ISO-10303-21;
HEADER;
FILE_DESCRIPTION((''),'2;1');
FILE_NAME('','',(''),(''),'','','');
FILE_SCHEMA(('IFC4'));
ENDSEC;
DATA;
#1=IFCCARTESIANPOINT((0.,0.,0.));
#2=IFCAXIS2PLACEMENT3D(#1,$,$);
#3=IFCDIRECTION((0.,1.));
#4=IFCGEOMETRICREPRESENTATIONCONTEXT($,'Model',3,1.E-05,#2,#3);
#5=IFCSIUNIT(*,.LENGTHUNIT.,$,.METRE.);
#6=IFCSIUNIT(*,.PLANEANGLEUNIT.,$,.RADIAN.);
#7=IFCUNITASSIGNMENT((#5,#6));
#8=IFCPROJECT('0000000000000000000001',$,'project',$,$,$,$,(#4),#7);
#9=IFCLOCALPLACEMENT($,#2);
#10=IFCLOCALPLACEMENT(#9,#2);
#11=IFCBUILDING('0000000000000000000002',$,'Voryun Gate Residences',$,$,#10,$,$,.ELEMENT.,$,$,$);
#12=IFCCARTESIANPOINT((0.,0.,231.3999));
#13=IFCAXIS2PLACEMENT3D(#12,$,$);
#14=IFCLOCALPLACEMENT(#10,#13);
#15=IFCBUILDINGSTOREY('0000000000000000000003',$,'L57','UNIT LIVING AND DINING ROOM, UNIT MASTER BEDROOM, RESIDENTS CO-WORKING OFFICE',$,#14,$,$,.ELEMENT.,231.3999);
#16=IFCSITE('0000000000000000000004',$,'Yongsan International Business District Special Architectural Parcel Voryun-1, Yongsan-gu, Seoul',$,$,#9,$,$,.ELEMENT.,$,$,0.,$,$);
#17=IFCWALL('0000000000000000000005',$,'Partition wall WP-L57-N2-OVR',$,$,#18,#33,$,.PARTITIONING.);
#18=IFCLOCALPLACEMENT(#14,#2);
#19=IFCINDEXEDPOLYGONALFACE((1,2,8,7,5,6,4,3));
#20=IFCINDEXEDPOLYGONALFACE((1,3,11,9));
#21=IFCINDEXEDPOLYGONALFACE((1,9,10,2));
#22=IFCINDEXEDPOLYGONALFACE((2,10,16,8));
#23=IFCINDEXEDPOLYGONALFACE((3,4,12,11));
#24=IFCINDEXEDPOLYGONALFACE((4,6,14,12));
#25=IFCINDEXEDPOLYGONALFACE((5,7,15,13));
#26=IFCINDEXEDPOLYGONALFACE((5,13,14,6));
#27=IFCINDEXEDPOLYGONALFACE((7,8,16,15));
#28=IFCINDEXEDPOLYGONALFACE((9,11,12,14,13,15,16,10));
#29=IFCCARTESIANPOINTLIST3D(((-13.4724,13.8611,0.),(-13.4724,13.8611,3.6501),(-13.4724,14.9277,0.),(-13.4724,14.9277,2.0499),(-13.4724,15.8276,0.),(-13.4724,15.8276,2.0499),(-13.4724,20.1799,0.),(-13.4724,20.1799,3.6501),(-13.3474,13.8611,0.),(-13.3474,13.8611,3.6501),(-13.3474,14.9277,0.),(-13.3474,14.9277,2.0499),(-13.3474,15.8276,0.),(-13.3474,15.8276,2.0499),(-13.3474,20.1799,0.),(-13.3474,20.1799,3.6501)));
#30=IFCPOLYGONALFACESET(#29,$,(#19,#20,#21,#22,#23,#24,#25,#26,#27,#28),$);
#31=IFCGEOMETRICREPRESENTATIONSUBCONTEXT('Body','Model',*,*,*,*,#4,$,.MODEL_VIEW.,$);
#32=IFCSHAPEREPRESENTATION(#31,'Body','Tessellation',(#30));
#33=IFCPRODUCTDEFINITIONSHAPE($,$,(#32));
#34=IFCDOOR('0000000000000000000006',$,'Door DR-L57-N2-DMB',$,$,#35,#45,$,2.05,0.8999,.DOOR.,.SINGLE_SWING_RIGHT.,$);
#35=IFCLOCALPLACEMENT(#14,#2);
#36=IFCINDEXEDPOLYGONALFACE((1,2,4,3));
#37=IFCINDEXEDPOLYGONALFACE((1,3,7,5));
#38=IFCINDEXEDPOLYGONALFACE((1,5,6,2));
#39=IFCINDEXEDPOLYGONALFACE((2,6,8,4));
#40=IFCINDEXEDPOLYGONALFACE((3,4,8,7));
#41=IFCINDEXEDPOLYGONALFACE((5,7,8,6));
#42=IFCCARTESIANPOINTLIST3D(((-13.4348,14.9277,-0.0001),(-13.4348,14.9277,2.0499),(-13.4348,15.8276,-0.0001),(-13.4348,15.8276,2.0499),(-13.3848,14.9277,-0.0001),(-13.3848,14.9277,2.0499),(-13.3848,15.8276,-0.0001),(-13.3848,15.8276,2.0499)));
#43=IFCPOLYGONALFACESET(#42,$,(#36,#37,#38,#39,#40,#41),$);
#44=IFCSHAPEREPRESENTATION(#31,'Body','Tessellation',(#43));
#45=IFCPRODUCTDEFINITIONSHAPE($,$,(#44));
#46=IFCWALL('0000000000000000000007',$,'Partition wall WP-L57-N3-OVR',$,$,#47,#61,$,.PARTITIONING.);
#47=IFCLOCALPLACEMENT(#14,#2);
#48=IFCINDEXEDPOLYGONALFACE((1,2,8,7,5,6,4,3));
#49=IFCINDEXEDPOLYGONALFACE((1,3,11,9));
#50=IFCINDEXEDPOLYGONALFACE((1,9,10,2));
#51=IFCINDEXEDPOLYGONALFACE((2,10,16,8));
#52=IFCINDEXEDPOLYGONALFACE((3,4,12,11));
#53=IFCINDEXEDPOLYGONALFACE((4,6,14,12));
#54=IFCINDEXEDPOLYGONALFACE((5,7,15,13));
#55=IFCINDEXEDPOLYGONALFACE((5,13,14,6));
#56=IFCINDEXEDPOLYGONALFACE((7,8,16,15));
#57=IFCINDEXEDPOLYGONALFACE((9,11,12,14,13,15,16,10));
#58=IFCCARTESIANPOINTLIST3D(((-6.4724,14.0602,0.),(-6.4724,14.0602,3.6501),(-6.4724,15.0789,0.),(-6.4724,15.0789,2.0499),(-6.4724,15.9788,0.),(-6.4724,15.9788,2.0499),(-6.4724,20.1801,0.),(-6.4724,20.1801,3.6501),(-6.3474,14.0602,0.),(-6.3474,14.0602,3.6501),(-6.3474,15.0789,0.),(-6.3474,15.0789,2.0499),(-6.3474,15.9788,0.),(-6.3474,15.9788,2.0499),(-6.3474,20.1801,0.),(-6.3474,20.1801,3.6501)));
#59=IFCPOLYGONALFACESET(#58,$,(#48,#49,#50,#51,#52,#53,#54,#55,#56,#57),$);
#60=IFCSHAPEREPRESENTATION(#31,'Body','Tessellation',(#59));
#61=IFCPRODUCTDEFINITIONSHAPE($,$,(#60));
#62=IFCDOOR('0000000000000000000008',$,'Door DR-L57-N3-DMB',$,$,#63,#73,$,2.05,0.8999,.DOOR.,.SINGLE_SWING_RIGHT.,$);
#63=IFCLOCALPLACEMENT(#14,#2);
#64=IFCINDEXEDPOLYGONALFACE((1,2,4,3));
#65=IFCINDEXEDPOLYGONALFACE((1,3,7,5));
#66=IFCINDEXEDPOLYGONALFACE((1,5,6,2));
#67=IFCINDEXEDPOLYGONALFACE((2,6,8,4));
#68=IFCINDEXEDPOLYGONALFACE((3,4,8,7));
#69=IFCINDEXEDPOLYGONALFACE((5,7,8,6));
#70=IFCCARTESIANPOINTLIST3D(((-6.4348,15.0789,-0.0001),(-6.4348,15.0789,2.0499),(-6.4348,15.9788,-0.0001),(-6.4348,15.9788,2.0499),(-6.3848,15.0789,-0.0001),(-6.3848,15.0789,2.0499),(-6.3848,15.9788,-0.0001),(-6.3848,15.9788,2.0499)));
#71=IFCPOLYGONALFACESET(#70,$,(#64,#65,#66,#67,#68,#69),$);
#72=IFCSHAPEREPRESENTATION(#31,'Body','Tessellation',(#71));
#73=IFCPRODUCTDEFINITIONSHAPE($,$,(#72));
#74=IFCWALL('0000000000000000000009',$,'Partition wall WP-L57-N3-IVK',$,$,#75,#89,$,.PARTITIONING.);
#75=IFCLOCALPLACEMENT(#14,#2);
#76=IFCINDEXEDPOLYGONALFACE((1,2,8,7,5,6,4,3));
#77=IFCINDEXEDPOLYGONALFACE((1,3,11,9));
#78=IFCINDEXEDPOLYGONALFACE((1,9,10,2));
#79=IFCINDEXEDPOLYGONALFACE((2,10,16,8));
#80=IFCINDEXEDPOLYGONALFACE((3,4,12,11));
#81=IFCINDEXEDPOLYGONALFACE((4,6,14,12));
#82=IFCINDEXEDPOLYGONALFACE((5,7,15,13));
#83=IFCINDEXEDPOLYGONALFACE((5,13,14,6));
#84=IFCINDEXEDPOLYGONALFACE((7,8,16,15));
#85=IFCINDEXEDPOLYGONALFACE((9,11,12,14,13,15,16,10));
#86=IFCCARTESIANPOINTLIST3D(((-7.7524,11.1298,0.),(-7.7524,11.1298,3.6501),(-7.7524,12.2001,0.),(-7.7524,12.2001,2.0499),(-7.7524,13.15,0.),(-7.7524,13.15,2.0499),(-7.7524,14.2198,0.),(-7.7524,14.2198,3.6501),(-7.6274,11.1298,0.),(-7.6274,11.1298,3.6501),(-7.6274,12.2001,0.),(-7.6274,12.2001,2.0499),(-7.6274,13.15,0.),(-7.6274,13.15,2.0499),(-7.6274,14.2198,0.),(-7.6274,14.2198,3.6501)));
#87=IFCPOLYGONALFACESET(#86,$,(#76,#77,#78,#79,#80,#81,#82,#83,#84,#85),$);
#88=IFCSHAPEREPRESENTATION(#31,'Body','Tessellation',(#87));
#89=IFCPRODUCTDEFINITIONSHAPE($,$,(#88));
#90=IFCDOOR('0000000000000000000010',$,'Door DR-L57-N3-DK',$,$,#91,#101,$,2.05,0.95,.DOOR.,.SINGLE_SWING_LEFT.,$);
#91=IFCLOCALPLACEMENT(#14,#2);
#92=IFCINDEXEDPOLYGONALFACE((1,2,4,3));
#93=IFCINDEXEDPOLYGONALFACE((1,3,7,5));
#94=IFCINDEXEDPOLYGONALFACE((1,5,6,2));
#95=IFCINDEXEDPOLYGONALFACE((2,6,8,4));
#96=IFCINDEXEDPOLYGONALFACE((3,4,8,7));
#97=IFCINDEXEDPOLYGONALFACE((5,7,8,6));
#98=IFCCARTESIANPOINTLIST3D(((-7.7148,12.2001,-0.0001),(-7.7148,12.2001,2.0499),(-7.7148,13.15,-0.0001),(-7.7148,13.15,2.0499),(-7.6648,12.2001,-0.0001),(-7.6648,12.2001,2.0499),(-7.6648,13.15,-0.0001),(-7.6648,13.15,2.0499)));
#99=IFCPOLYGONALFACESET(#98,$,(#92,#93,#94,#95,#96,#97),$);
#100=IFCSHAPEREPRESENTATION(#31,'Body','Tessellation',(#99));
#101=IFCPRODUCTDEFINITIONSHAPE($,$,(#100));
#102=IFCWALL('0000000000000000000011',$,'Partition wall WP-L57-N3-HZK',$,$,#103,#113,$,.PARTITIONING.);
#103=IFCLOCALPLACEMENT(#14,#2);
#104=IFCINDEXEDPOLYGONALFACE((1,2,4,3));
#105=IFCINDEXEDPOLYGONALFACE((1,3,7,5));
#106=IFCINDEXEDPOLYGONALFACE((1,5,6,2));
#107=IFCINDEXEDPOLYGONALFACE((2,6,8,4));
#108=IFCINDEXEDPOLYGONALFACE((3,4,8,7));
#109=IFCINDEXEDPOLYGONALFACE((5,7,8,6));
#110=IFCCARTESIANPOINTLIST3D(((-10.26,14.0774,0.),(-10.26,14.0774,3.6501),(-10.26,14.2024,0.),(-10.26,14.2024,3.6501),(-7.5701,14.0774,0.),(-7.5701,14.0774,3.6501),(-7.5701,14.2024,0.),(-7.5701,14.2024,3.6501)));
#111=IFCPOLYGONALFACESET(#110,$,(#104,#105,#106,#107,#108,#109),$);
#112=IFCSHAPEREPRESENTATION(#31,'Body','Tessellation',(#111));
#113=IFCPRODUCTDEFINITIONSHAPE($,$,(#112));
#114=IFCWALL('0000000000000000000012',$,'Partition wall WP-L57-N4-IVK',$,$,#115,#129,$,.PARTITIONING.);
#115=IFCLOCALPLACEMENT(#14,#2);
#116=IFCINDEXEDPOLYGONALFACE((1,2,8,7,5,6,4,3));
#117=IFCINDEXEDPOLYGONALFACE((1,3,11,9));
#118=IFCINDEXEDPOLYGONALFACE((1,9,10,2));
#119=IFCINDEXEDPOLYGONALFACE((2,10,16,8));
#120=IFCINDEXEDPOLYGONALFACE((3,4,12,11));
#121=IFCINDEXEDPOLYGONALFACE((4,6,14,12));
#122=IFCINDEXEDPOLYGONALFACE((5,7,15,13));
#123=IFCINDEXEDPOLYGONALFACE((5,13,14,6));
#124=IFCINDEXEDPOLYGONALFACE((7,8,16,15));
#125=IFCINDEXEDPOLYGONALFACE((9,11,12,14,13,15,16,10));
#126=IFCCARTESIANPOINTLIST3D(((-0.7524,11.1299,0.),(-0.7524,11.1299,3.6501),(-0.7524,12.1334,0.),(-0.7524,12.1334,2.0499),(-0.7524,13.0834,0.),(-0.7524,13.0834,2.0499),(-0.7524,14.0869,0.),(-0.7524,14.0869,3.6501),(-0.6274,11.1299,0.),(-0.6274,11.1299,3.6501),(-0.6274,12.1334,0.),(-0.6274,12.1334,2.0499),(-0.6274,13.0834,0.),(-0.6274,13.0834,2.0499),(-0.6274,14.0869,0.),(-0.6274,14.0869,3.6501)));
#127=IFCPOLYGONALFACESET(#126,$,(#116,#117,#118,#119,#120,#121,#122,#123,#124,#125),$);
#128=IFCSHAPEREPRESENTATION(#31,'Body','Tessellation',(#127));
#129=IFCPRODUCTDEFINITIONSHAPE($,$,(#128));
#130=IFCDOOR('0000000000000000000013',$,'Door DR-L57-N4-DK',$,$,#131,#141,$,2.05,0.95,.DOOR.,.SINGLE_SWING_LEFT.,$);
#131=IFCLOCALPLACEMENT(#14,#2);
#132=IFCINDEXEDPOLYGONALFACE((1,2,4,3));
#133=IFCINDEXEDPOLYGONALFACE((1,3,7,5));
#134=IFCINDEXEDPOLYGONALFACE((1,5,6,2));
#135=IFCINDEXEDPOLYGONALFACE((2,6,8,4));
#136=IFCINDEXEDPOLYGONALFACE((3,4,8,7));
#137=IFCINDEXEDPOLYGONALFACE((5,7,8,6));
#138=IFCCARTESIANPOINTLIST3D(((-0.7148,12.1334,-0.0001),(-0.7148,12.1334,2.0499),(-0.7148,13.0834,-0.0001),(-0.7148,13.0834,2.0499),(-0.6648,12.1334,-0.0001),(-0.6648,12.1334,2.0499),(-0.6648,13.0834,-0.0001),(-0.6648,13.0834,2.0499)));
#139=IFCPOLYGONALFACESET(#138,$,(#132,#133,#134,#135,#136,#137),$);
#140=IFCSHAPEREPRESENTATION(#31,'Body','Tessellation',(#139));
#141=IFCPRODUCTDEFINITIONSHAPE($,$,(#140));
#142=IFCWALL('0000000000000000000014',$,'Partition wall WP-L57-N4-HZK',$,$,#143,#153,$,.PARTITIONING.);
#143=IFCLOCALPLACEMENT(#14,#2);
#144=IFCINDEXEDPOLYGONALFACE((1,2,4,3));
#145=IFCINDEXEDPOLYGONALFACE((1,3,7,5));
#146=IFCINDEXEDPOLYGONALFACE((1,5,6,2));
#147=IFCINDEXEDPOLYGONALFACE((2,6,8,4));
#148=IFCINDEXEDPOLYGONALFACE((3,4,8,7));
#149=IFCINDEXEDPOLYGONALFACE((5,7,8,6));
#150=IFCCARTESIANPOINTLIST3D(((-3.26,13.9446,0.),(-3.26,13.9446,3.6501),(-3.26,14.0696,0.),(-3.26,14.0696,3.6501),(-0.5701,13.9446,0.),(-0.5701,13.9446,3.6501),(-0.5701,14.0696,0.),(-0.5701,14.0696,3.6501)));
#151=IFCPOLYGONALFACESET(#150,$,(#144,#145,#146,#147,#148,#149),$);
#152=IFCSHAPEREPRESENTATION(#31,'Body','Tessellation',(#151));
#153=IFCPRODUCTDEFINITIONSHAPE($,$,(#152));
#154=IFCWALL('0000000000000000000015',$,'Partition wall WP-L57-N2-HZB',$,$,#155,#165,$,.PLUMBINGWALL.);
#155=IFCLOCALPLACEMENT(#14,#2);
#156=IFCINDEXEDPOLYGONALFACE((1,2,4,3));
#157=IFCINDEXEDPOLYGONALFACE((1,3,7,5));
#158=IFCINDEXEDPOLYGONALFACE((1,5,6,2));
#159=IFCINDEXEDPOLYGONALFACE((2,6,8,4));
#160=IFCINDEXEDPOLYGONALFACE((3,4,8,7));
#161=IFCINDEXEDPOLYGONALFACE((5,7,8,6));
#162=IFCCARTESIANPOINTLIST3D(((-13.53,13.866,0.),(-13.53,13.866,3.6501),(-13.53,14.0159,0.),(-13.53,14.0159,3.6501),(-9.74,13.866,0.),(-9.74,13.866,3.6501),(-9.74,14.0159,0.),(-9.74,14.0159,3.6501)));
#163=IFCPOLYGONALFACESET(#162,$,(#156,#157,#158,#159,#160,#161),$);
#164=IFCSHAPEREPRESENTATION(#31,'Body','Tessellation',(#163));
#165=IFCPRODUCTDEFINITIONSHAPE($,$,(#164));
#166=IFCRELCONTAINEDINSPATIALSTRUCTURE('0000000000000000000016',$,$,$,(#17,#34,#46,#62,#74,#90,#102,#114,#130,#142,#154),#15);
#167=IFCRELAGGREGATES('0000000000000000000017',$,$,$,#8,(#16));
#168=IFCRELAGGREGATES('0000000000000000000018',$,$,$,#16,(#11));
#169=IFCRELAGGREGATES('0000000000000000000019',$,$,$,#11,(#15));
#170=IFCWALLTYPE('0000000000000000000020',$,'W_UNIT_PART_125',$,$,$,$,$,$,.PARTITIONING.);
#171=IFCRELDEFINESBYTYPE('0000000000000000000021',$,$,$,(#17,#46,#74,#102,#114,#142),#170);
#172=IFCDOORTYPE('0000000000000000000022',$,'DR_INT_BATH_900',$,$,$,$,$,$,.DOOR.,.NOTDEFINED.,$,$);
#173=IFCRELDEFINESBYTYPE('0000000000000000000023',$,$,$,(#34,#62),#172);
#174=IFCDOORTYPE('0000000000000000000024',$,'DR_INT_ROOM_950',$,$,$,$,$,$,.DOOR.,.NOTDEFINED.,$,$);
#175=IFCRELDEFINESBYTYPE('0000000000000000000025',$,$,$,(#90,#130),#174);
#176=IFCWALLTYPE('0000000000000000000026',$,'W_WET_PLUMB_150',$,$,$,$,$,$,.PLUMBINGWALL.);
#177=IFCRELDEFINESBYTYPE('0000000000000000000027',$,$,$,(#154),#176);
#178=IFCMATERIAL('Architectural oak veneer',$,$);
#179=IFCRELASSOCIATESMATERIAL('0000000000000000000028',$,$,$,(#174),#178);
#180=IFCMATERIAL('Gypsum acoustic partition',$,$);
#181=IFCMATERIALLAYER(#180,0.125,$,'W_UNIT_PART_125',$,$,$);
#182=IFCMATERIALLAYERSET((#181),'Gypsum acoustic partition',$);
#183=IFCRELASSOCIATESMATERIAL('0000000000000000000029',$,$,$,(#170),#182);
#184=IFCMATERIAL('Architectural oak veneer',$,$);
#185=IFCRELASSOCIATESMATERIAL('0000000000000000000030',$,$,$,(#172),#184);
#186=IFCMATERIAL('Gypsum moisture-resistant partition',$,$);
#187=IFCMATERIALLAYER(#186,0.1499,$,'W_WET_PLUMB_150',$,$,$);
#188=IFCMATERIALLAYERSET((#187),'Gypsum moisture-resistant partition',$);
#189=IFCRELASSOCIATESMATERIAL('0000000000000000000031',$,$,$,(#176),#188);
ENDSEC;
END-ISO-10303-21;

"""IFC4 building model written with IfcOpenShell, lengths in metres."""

from ifc_helpers import new_model, si_unit, direction, frame, frame_2d, origin, place, context, subcontext, project, spatial, rectangle, extrude, material, layer, layer_set, type_object, element, fill, save


model = new_model("IFC4")

# Units and contexts
model_context = context("Model", 3, precision=1e-05, world=origin(), true_north=direction((0.0, 1.0)))
body_context = subcontext(model_context, "Body", "Model", "MODEL_VIEW")
ifc_project = project(units=[si_unit("LENGTHUNIT", "METRE"), si_unit("PLANEANGLEUNIT", "RADIAN")], contexts=[model_context])

# Site, building, storey
site_placement = place(None, origin())
site = spatial("IfcSite", under=ifc_project, at=site_placement, Name="Yongsan International Business District Special Architectural Parcel Voryun-1, Yongsan-gu, Seoul", CompositionType="ELEMENT", RefElevation=0.0)
building_placement = place(site_placement, origin())
building = spatial("IfcBuilding", under=site, at=building_placement, Name="Voryun Gate Residences", CompositionType="ELEMENT")
storey_placement = place(building_placement, frame((0.0, 0.0, 231.3999)))
storey = spatial("IfcBuildingStorey", under=building, at=storey_placement, Name="L57", Description="UNIT LIVING AND DINING ROOM, UNIT MASTER BEDROOM, RESIDENTS CO-WORKING OFFICE", CompositionType="ELEMENT", Elevation=231.3999)

# Shared definitions
ifc_material_1 = material(Name="Architectural oak veneer")
door_type_1 = type_object("IfcDoorType", Name="DR_INT_ROOM_950", OperationType="NOTDEFINED", PredefinedType="DOOR", material=ifc_material_1)

# Walls, openings, doors
ifc_material_2 = material(Name="Gypsum acoustic partition")
ifc_layer_1 = layer(ifc_material_2, 0.125, Name="W_UNIT_PART_125")
ifc_layer_set_1 = layer_set([ifc_layer_1], Name="Gypsum acoustic partition")
wall_type_1 = type_object("IfcWallType", Name="W_UNIT_PART_125", PredefinedType="PARTITIONING", material=ifc_layer_set_1)
wall_1_placement = place(storey_placement, frame((-13.4099, 13.8611, 0.0), z_axis=(0.0, 0.0, 1.0), x_axis=(0.0, 1.0, 0.0)))
wall_1 = element("IfcWall", 1, at=wall_1_placement, inside=storey, type_object=wall_type_1, Name="Partition wall WP-L57-N2-OVR", PredefinedType="PARTITIONING", context=body_context, shape_type="SweptSolid", body=[
    extrude(rectangle(XDim=6.3188, YDim=0.125, at=frame_2d((3.1594, 0.0))), origin(), (0.0, 0.0, 1.0), 3.6501),
])
opening_1_placement = place(wall_1_placement, frame((1.0667, 0.0, 0.0)))
opening_1 = element("IfcOpeningElement", 2, at=opening_1_placement, cuts=wall_1, PredefinedType="OPENING", context=body_context, shape_type="SweptSolid", body=[
    extrude(rectangle(XDim=0.8999, YDim=2.05, at=frame_2d((0.45, 1.0249))), frame((0.0, 0.0725, 0.0), z_axis=(0.0, -1.0, 0.0), x_axis=(1.0, 0.0, 0.0)), (0.0, 0.0, 1.0), 0.145),
])
ifc_material_3 = material(Name="Architectural oak veneer")
door_type_2 = type_object("IfcDoorType", Name="DR_INT_BATH_900", OperationType="NOTDEFINED", PredefinedType="DOOR", material=ifc_material_3)
door_1_placement = place(opening_1_placement, origin())
door_1 = element("IfcDoor", 3, at=door_1_placement, inside=storey, type_object=door_type_2, Name="Door DR-L57-N2-DMB", OperationType="SINGLE_SWING_RIGHT", OverallHeight=2.05, OverallWidth=0.8999, PredefinedType="DOOR", context=body_context, shape_type="SweptSolid", body=[
    extrude(rectangle(XDim=0.8999, YDim=2.05, at=frame_2d((0.45, 1.0249))), frame((0.0, 0.0249, 0.0), z_axis=(0.0, -1.0, 0.0), x_axis=(1.0, 0.0, 0.0)), (0.0, 0.0, 1.0), 0.05),
])
fill(opening_1, door_1)
wall_2_placement = place(storey_placement, frame((-6.4099, 14.0601, 0.0), z_axis=(0.0, 0.0, 1.0), x_axis=(0.0, 1.0, 0.0)))
wall_2 = element("IfcWall", 4, at=wall_2_placement, inside=storey, type_object=wall_type_1, Name="Partition wall WP-L57-N3-OVR", PredefinedType="PARTITIONING", context=body_context, shape_type="SweptSolid", body=[
    extrude(rectangle(XDim=6.1199, YDim=0.125, at=frame_2d((3.0601, 0.0))), origin(), (0.0, 0.0, 1.0), 3.6501),
])
opening_2_placement = place(wall_2_placement, frame((1.0188, 0.0, 0.0)))
opening_2 = element("IfcOpeningElement", 5, at=opening_2_placement, cuts=wall_2, PredefinedType="OPENING", context=body_context, shape_type="SweptSolid", body=[
    extrude(rectangle(XDim=0.8999, YDim=2.05, at=frame_2d((0.45, 1.0249))), frame((0.0, 0.0725, 0.0), z_axis=(0.0, -1.0, 0.0), x_axis=(1.0, 0.0, 0.0)), (0.0, 0.0, 1.0), 0.145),
])
door_2_placement = place(opening_2_placement, origin())
door_2 = element("IfcDoor", 6, at=door_2_placement, inside=storey, type_object=door_type_2, Name="Door DR-L57-N3-DMB", OperationType="SINGLE_SWING_RIGHT", OverallHeight=2.05, OverallWidth=0.8999, PredefinedType="DOOR", context=body_context, shape_type="SweptSolid", body=[
    extrude(rectangle(XDim=0.8999, YDim=2.05, at=frame_2d((0.45, 1.0249))), frame((0.0, 0.0249, 0.0), z_axis=(0.0, -1.0, 0.0), x_axis=(1.0, 0.0, 0.0)), (0.0, 0.0, 1.0), 0.05),
])
fill(opening_2, door_2)
wall_3_placement = place(storey_placement, frame((-7.6899, 11.1299, 0.0), z_axis=(0.0, 0.0, 1.0), x_axis=(0.0, 1.0, 0.0)))
wall_3 = element("IfcWall", 7, at=wall_3_placement, inside=storey, type_object=wall_type_1, Name="Partition wall WP-L57-N3-IVK", PredefinedType="PARTITIONING", context=body_context, shape_type="SweptSolid", body=[
    extrude(rectangle(XDim=3.0901, YDim=0.125, at=frame_2d((1.5449, 0.0))), origin(), (0.0, 0.0, 1.0), 3.6501),
])
opening_3_placement = place(wall_3_placement, frame((1.0701, 0.0, 0.0)))
opening_3 = element("IfcOpeningElement", 8, at=opening_3_placement, cuts=wall_3, PredefinedType="OPENING", context=body_context, shape_type="SweptSolid", body=[
    extrude(rectangle(XDim=0.95, YDim=2.05, at=frame_2d((0.4751, 1.0249))), frame((0.0, 0.0725, 0.0), z_axis=(0.0, -1.0, 0.0), x_axis=(1.0, 0.0, 0.0)), (0.0, 0.0, 1.0), 0.145),
])
door_3_placement = place(opening_3_placement, origin())
door_3 = element("IfcDoor", 9, at=door_3_placement, inside=storey, type_object=door_type_1, Name="Door DR-L57-N3-DK", OperationType="SINGLE_SWING_LEFT", OverallHeight=2.05, OverallWidth=0.95, PredefinedType="DOOR", context=body_context, shape_type="SweptSolid", body=[
    extrude(rectangle(XDim=0.95, YDim=2.05, at=frame_2d((0.4751, 1.0249))), frame((0.0, 0.0249, 0.0), z_axis=(0.0, -1.0, 0.0), x_axis=(1.0, 0.0, 0.0)), (0.0, 0.0, 1.0), 0.05),
])
fill(opening_3, door_3)

# Wall
wall_4_placement = place(storey_placement, frame((-10.26, 14.1399, 0.0), z_axis=(0.0, 0.0, 1.0), x_axis=(1.0, 0.0, 0.0)))
element("IfcWall", 10, at=wall_4_placement, inside=storey, type_object=wall_type_1, Name="Partition wall WP-L57-N3-HZK", PredefinedType="PARTITIONING", context=body_context, shape_type="SweptSolid", body=[
    extrude(rectangle(XDim=2.6899, YDim=0.125, at=frame_2d((1.345, 0.0))), origin(), (0.0, 0.0, 1.0), 3.6501),
])

# Wall, opening, door
wall_5_placement = place(storey_placement, frame((-0.6899, 11.1299, 0.0), z_axis=(0.0, 0.0, 1.0), x_axis=(0.0, 1.0, 0.0)))
wall_5 = element("IfcWall", 11, at=wall_5_placement, inside=storey, type_object=wall_type_1, Name="Partition wall WP-L57-N4-IVK", PredefinedType="PARTITIONING", context=body_context, shape_type="SweptSolid", body=[
    extrude(rectangle(XDim=2.957, YDim=0.125, at=frame_2d((1.4785, 0.0))), origin(), (0.0, 0.0, 1.0), 3.6501),
])
opening_4_placement = place(wall_5_placement, frame((1.0034, 0.0, 0.0)))
opening_4 = element("IfcOpeningElement", 12, at=opening_4_placement, cuts=wall_5, PredefinedType="OPENING", context=body_context, shape_type="SweptSolid", body=[
    extrude(rectangle(XDim=0.95, YDim=2.05, at=frame_2d((0.4751, 1.0249))), frame((0.0, 0.0725, 0.0), z_axis=(0.0, -1.0, 0.0), x_axis=(1.0, 0.0, 0.0)), (0.0, 0.0, 1.0), 0.145),
])
door_4_placement = place(opening_4_placement, origin())
door_4 = element("IfcDoor", 13, at=door_4_placement, inside=storey, type_object=door_type_1, Name="Door DR-L57-N4-DK", OperationType="SINGLE_SWING_LEFT", OverallHeight=2.05, OverallWidth=0.95, PredefinedType="DOOR", context=body_context, shape_type="SweptSolid", body=[
    extrude(rectangle(XDim=0.95, YDim=2.05, at=frame_2d((0.4751, 1.0249))), frame((0.0, 0.0249, 0.0), z_axis=(0.0, -1.0, 0.0), x_axis=(1.0, 0.0, 0.0)), (0.0, 0.0, 1.0), 0.05),
])
fill(opening_4, door_4)

# Walls
wall_6_placement = place(storey_placement, frame((-3.26, 14.0071, 0.0), z_axis=(0.0, 0.0, 1.0), x_axis=(1.0, 0.0, 0.0)))
element("IfcWall", 14, at=wall_6_placement, inside=storey, type_object=wall_type_1, Name="Partition wall WP-L57-N4-HZK", PredefinedType="PARTITIONING", context=body_context, shape_type="SweptSolid", body=[
    extrude(rectangle(XDim=2.6899, YDim=0.125, at=frame_2d((1.345, 0.0))), origin(), (0.0, 0.0, 1.0), 3.6501),
])
ifc_material_4 = material(Name="Gypsum moisture-resistant partition")
ifc_layer_2 = layer(ifc_material_4, 0.1499, Name="W_WET_PLUMB_150")
ifc_layer_set_2 = layer_set([ifc_layer_2], Name="Gypsum moisture-resistant partition")
wall_type_2 = type_object("IfcWallType", Name="W_WET_PLUMB_150", PredefinedType="PLUMBINGWALL", material=ifc_layer_set_2)
wall_7_placement = place(storey_placement, frame((-13.53, 13.9409, 0.0), z_axis=(0.0, 0.0, 1.0), x_axis=(1.0, 0.0, 0.0)))
element("IfcWall", 15, at=wall_7_placement, inside=storey, type_object=wall_type_2, Name="Partition wall WP-L57-N2-HZB", PredefinedType="PLUMBINGWALL", context=body_context, shape_type="SweptSolid", body=[
    extrude(rectangle(XDim=3.79, YDim=0.1499, at=frame_2d((1.895, 0.0))), origin(), (0.0, 0.0, 1.0), 3.6501),
])

save(model, "model.ifc")
